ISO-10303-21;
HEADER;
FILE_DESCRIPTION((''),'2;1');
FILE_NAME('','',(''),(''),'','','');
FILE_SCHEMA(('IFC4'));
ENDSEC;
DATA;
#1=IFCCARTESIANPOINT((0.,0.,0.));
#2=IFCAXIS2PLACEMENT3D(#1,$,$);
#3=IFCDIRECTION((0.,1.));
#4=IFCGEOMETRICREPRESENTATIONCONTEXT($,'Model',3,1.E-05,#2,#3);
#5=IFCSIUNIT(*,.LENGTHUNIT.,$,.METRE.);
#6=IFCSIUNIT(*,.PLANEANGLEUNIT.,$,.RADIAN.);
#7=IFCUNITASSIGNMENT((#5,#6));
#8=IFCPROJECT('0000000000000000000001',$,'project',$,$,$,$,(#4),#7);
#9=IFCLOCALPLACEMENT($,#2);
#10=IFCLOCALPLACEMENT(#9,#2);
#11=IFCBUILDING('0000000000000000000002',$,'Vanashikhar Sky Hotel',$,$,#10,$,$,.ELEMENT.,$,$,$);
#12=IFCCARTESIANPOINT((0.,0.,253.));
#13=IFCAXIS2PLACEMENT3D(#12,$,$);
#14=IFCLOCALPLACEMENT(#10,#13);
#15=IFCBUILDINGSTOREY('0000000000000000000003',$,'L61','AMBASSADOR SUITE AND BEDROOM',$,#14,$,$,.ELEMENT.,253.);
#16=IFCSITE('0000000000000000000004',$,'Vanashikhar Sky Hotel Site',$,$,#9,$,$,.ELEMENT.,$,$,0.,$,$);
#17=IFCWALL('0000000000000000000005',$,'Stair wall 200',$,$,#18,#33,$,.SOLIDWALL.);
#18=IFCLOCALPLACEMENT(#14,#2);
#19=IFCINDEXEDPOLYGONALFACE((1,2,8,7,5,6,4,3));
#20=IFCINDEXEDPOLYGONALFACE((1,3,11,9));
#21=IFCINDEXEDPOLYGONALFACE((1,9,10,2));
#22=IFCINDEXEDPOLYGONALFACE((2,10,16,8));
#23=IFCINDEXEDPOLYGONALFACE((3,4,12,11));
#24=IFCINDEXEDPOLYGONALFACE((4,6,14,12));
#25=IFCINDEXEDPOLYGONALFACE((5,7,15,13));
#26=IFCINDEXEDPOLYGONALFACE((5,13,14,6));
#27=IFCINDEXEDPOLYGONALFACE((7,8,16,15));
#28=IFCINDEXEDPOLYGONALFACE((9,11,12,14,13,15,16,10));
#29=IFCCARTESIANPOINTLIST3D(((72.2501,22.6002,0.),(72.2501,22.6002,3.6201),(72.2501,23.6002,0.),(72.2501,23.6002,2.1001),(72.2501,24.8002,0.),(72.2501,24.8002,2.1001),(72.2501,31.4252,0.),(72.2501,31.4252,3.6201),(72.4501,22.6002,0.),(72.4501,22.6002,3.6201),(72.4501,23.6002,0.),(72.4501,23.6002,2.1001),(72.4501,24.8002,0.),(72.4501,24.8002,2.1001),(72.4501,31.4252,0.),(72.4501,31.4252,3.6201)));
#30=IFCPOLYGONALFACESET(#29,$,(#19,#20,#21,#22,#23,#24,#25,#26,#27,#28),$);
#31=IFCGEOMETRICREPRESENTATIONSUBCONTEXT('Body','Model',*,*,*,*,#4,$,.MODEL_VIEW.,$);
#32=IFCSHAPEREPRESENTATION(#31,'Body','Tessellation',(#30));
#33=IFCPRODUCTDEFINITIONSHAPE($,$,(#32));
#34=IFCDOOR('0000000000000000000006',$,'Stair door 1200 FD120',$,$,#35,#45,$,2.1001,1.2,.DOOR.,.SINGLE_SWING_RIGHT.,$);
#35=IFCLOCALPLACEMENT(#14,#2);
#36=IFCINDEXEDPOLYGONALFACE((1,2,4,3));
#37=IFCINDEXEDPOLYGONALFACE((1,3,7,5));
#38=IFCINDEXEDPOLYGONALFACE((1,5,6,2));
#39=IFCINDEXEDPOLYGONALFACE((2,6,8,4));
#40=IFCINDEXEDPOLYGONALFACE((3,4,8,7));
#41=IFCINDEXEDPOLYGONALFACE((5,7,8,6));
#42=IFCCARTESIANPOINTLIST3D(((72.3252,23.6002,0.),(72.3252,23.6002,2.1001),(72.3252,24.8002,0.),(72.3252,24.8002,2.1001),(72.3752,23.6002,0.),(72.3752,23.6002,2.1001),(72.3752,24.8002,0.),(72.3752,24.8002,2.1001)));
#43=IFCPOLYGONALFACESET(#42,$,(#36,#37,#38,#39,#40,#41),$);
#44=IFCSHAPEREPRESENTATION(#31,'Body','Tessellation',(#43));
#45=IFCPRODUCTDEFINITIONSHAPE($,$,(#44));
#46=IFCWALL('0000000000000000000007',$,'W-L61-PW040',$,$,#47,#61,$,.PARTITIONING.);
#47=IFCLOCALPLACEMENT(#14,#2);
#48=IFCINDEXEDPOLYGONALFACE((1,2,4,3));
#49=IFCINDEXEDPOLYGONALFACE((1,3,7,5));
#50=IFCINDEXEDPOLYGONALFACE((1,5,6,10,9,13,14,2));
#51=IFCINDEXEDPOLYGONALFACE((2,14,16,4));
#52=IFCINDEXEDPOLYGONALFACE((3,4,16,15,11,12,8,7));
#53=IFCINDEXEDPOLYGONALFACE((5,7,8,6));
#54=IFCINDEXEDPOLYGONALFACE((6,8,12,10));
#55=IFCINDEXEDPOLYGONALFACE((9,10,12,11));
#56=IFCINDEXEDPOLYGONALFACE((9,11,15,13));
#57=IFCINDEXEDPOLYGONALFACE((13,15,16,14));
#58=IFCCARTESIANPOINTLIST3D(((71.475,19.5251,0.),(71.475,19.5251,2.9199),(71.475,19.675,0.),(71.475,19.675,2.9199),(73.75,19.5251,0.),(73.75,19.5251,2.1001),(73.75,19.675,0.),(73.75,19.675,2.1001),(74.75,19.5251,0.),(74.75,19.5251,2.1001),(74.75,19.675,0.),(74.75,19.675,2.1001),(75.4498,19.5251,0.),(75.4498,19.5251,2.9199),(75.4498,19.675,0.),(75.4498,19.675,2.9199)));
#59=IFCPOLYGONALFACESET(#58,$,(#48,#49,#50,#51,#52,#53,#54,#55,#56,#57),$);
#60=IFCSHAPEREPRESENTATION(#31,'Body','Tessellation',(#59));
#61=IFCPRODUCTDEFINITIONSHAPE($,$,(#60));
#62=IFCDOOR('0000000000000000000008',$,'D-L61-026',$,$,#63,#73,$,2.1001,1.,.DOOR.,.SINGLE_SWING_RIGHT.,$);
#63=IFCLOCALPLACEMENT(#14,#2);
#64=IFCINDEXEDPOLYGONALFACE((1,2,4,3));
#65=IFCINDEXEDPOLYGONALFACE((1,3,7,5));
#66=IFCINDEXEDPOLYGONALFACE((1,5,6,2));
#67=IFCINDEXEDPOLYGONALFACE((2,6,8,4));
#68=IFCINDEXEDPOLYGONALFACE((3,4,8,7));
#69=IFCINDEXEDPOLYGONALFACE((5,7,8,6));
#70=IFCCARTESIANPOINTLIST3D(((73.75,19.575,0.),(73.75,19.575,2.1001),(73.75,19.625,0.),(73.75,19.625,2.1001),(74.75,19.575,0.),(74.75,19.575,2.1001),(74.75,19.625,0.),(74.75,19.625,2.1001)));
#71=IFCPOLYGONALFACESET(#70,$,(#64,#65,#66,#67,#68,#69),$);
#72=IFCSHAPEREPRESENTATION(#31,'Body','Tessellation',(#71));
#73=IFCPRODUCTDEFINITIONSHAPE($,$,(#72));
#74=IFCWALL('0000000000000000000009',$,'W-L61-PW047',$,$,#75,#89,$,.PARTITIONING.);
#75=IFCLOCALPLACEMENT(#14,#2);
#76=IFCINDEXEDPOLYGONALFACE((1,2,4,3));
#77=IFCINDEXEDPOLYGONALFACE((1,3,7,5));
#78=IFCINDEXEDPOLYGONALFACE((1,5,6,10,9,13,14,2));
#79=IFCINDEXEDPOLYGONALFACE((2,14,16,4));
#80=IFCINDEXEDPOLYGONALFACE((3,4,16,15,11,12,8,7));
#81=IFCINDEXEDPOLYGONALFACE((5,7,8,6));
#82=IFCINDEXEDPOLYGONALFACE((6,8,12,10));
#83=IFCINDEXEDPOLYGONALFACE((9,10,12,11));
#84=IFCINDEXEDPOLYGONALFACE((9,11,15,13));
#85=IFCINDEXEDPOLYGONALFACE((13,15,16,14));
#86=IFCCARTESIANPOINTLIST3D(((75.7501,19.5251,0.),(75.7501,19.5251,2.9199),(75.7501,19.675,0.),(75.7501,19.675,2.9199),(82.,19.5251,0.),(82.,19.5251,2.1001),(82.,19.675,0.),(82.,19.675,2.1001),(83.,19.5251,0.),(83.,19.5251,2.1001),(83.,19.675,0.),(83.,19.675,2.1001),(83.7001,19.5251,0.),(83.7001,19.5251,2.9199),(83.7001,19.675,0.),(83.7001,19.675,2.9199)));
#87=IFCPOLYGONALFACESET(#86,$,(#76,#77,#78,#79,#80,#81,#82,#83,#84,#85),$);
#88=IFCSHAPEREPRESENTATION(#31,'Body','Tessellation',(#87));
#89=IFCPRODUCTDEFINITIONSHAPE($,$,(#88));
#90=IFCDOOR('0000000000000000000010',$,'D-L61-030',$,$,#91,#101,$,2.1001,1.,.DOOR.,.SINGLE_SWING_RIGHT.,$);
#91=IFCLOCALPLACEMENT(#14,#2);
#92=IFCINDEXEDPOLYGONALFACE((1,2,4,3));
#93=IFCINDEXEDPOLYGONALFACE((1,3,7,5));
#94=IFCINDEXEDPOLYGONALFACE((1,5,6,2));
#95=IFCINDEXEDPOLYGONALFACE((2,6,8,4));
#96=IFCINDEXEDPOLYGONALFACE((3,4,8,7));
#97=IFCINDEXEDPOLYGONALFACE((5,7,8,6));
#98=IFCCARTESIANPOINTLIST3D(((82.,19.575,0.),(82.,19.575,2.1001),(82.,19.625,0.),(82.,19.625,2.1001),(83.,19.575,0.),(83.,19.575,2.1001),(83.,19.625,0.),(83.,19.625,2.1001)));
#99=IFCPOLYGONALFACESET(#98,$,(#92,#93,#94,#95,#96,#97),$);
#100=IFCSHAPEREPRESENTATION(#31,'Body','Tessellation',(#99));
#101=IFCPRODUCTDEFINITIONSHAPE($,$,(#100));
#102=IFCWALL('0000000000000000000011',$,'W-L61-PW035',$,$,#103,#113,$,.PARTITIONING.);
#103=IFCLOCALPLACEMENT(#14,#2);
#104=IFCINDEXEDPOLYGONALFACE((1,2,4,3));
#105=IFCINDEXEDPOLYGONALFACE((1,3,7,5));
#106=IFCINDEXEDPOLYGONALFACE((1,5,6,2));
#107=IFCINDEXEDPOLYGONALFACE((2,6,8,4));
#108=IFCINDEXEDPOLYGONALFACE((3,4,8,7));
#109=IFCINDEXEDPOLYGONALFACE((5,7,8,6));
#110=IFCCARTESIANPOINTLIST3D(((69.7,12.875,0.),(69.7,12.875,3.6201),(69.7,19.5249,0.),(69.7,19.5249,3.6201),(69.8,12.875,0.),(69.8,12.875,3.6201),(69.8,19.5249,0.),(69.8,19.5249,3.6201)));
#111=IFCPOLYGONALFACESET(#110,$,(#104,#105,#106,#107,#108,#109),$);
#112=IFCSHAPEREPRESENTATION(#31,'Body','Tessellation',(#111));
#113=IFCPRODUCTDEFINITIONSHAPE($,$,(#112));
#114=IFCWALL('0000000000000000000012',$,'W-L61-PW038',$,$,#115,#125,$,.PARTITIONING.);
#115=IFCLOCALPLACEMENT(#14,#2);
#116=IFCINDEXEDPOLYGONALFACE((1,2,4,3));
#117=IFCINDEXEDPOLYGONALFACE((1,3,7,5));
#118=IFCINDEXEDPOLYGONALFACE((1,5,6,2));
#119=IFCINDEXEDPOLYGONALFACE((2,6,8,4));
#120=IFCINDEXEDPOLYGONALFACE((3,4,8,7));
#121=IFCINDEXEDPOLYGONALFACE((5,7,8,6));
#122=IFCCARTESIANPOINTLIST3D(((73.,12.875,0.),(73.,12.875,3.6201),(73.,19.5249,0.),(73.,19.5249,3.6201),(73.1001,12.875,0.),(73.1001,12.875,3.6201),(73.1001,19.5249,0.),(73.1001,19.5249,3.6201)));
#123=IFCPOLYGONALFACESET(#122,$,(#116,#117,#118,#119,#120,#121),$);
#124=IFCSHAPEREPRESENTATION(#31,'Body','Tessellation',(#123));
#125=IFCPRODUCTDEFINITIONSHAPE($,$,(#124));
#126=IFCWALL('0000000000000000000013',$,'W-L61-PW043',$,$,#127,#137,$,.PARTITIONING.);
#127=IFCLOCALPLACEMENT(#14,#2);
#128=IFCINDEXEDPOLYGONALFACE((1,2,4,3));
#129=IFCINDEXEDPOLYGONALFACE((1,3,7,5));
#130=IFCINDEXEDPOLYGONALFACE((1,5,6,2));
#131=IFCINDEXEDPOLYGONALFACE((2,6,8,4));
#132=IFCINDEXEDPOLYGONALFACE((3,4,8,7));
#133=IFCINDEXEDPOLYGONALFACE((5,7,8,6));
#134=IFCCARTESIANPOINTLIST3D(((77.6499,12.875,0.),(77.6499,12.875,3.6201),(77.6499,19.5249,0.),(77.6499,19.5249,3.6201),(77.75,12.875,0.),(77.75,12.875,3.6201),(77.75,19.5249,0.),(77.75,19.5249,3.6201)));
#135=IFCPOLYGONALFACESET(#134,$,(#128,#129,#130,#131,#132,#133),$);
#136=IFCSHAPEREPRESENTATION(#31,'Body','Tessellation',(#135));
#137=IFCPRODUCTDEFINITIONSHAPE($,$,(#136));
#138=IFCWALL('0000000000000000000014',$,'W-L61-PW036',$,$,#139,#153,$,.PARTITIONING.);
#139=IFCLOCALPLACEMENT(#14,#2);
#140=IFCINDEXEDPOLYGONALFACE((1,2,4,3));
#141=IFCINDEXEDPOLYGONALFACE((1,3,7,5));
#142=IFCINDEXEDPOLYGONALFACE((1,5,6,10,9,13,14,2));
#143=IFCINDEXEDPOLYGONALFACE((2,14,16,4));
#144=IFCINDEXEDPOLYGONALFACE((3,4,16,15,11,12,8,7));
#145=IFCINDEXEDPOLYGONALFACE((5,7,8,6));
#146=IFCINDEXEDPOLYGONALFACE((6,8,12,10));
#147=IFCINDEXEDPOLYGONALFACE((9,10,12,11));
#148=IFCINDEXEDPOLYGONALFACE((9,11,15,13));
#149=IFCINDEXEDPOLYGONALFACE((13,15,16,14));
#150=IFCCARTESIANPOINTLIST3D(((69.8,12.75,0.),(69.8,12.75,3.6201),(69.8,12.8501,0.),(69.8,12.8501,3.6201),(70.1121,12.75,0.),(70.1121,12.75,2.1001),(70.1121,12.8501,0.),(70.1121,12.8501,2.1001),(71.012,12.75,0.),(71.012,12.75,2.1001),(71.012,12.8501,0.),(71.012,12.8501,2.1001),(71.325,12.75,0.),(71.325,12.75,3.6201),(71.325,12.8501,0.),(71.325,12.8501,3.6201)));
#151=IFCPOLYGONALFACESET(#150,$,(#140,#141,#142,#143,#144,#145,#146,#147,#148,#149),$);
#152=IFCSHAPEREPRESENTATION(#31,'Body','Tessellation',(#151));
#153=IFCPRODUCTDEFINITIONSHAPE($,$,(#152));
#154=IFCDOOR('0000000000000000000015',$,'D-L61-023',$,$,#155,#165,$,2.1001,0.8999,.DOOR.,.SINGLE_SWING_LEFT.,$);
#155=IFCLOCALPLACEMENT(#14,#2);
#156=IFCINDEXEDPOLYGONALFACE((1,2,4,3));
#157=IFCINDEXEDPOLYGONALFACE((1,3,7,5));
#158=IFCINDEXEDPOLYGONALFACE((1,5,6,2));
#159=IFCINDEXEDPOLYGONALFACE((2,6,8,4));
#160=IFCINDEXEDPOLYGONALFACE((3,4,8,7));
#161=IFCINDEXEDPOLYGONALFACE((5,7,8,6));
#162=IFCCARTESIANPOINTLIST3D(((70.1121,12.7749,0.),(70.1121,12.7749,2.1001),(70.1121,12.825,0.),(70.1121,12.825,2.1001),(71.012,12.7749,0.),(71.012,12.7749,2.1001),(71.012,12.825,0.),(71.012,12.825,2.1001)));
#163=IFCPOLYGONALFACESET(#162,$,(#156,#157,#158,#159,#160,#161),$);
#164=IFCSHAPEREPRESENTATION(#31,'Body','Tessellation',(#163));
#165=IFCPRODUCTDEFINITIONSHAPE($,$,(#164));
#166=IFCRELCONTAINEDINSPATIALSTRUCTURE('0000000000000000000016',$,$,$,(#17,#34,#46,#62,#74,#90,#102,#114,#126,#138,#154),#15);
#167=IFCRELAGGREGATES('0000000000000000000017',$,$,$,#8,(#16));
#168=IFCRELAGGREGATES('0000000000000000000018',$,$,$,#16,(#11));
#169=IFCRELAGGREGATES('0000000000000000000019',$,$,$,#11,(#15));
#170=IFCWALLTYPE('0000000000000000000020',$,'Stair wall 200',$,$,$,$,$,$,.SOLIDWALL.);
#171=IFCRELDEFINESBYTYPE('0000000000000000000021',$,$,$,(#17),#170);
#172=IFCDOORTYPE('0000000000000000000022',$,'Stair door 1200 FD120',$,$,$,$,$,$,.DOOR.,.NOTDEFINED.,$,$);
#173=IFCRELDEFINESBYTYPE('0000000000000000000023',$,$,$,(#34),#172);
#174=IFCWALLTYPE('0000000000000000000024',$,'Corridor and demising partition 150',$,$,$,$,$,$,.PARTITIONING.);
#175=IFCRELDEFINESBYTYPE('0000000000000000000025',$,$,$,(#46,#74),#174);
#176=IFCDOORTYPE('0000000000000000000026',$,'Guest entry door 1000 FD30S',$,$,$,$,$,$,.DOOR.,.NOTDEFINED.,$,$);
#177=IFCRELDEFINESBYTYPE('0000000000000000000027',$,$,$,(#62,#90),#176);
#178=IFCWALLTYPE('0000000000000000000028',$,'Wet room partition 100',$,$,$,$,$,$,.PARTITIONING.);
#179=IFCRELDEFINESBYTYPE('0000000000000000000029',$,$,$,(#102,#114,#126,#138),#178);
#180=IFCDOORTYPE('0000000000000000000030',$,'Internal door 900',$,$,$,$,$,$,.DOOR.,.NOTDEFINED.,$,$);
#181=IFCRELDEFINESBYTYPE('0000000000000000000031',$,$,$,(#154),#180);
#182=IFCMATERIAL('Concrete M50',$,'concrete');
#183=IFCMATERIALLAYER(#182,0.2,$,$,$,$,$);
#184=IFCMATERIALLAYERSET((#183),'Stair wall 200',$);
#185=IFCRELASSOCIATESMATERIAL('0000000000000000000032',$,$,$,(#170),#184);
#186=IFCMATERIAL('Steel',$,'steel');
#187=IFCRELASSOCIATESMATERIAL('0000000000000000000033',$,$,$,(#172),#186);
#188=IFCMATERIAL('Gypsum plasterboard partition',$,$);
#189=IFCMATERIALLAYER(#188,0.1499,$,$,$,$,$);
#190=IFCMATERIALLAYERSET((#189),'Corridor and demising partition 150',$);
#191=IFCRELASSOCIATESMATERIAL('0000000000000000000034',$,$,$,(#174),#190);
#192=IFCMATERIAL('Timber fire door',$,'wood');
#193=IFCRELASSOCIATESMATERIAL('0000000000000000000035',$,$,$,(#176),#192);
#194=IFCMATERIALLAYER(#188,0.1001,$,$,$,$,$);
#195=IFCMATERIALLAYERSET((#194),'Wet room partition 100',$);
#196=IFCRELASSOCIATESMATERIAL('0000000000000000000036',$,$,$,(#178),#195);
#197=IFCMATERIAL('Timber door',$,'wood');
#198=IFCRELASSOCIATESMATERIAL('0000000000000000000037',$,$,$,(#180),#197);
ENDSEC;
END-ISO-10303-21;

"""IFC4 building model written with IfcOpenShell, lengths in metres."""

from ifc_helpers import new_model, si_unit, direction, frame, frame_2d, origin, place, context, subcontext, project, spatial, rectangle, extrude, source, transform, mapped, material, layer, layer_set, type_object, element, fill, save


model = new_model("IFC4")

# Units and contexts
model_context = context("Model", 3, precision=1e-05, world=origin(), true_north=direction((0.0, 1.0)))
body_context = subcontext(model_context, "Body", "Model", "MODEL_VIEW")
ifc_project = project(units=[si_unit("LENGTHUNIT", "METRE"), si_unit("PLANEANGLEUNIT", "RADIAN")], contexts=[model_context])

# Site, building, storey
site_placement = place(None, origin())
site = spatial("IfcSite", under=ifc_project, at=site_placement, Name="Vanashikhar Sky Hotel Site", CompositionType="ELEMENT", RefElevation=0.0)
building_placement = place(site_placement, origin())
building = spatial("IfcBuilding", under=site, at=building_placement, Name="Vanashikhar Sky Hotel", CompositionType="ELEMENT")
storey_placement = place(building_placement, frame((0.0, 0.0, 253.0)))
storey = spatial("IfcBuildingStorey", under=building, at=storey_placement, Name="L61", Description="AMBASSADOR SUITE AND BEDROOM", CompositionType="ELEMENT", Elevation=253.0)

# Walls, openings, doors
ifc_material_1 = material(Name="Concrete M50", Category="concrete")
ifc_layer_1 = layer(ifc_material_1, 0.2)
ifc_layer_set_1 = layer_set([ifc_layer_1], Name="Stair wall 200")
wall_type_1 = type_object("IfcWallType", Name="Stair wall 200", PredefinedType="SOLIDWALL", material=ifc_layer_set_1)
shared_shape_1 = source(origin(), body_context, "Body", "SweptSolid", [
    extrude(rectangle(XDim=8.825, YDim=0.2, at=frame_2d((4.4126, 0.0))), origin(), (0.0, 0.0, 1.0), 3.6201),
])
wall_1_placement = place(storey_placement, frame((72.3501, 22.6001, 0.0), z_axis=(0.0, 0.0, 1.0), x_axis=(0.0, 1.0, 0.0)))
wall_1 = element("IfcWall", 1, at=wall_1_placement, inside=storey, type_object=wall_type_1, Name="Stair wall 200", PredefinedType="SOLIDWALL", context=body_context, shape_type="MappedRepresentation", body=[
    mapped(shared_shape_1, transform((0.0, 0.0, 0.0), scale=1.0)),
])
shared_shape_2 = source(origin(), body_context, "Body", "SweptSolid", [
    extrude(rectangle(XDim=1.2, YDim=2.1001, at=frame_2d((0.6001, 1.05))), frame((0.0, 0.1099, 0.0), z_axis=(0.0, -1.0, 0.0), x_axis=(1.0, 0.0, 0.0)), (0.0, 0.0, 1.0), 0.22),
])
opening_1_placement = place(wall_1_placement, frame((1.0, 0.0, 0.0)))
opening_1 = element("IfcOpeningElement", 2, at=opening_1_placement, cuts=wall_1, PredefinedType="OPENING", context=body_context, shape_type="MappedRepresentation", body=[
    mapped(shared_shape_2, transform((0.0, 0.0, 0.0), scale=1.0)),
])
ifc_material_2 = material(Name="Steel", Category="steel")
door_type_1 = type_object("IfcDoorType", Name="Stair door 1200 FD120", OperationType="NOTDEFINED", PredefinedType="DOOR", material=ifc_material_2)
shared_shape_3 = source(origin(), body_context, "Body", "SweptSolid", [
    extrude(rectangle(XDim=1.2, YDim=2.1001, at=frame_2d((0.6001, 1.05))), frame((0.0, 0.0249, 0.0), z_axis=(0.0, -1.0, 0.0), x_axis=(1.0, 0.0, 0.0)), (0.0, 0.0, 1.0), 0.05),
])
door_1_placement = place(opening_1_placement, origin())
door_1 = element("IfcDoor", 3, at=door_1_placement, inside=storey, type_object=door_type_1, Name="Stair door 1200 FD120", OperationType="SINGLE_SWING_RIGHT", OverallHeight=2.1001, OverallWidth=1.2, PredefinedType="DOOR", context=body_context, shape_type="MappedRepresentation", body=[
    mapped(shared_shape_3, transform((0.0, 0.0, 0.0), scale=1.0)),
])
fill(opening_1, door_1)
ifc_material_3 = material(Name="Gypsum plasterboard partition")
ifc_layer_2 = layer(ifc_material_3, 0.1499)
ifc_layer_set_2 = layer_set([ifc_layer_2], Name="Corridor and demising partition 150")
wall_type_2 = type_object("IfcWallType", Name="Corridor and demising partition 150", PredefinedType="PARTITIONING", material=ifc_layer_set_2)
shared_shape_4 = source(origin(), body_context, "Body", "SweptSolid", [
    extrude(rectangle(XDim=3.9749, YDim=0.1499, at=frame_2d((1.9873, 0.0))), origin(), (0.0, 0.0, 1.0), 2.9199),
])
wall_2_placement = place(storey_placement, frame((71.4751, 19.6001, 0.0), z_axis=(0.0, 0.0, 1.0), x_axis=(1.0, 0.0, 0.0)))
wall_2 = element("IfcWall", 4, at=wall_2_placement, inside=storey, type_object=wall_type_2, Name="W-L61-PW040", PredefinedType="PARTITIONING", context=body_context, shape_type="MappedRepresentation", body=[
    mapped(shared_shape_4, transform((0.0, 0.0, 0.0), scale=1.0)),
])
shared_shape_5 = source(origin(), body_context, "Body", "SweptSolid", [
    extrude(rectangle(XDim=1.0, YDim=2.1001, at=frame_2d((0.5, 1.05))), frame((0.0, 0.085, 0.0), z_axis=(0.0, -1.0, 0.0), x_axis=(1.0, 0.0, 0.0)), (0.0, 0.0, 1.0), 0.1699),
])
opening_2_placement = place(wall_2_placement, frame((2.2749, 0.0, 0.0)))
opening_2 = element("IfcOpeningElement", 5, at=opening_2_placement, cuts=wall_2, PredefinedType="OPENING", context=body_context, shape_type="MappedRepresentation", body=[
    mapped(shared_shape_5, transform((0.0, 0.0, 0.0), scale=1.0)),
])
ifc_material_4 = material(Name="Timber fire door", Category="wood")
door_type_2 = type_object("IfcDoorType", Name="Guest entry door 1000 FD30S", OperationType="NOTDEFINED", PredefinedType="DOOR", material=ifc_material_4)
shared_shape_6 = source(origin(), body_context, "Body", "SweptSolid", [
    extrude(rectangle(XDim=1.0, YDim=2.1001, at=frame_2d((0.5, 1.05))), frame((0.0, 0.0249, 0.0), z_axis=(0.0, -1.0, 0.0), x_axis=(1.0, 0.0, 0.0)), (0.0, 0.0, 1.0), 0.05),
])
door_2_placement = place(opening_2_placement, origin())
door_2 = element("IfcDoor", 6, at=door_2_placement, inside=storey, type_object=door_type_2, Name="D-L61-026", OperationType="SINGLE_SWING_RIGHT", OverallHeight=2.1001, OverallWidth=1.0, PredefinedType="DOOR", context=body_context, shape_type="MappedRepresentation", body=[
    mapped(shared_shape_6, transform((0.0, 0.0, 0.0), scale=1.0)),
])
fill(opening_2, door_2)
shared_shape_7 = source(origin(), body_context, "Body", "SweptSolid", [
    extrude(rectangle(XDim=7.95, YDim=0.1499, at=frame_2d((3.9751, 0.0))), origin(), (0.0, 0.0, 1.0), 2.9199),
])
wall_3_placement = place(storey_placement, frame((75.75, 19.6001, 0.0), z_axis=(0.0, 0.0, 1.0), x_axis=(1.0, 0.0, 0.0)))
wall_3 = element("IfcWall", 7, at=wall_3_placement, inside=storey, type_object=wall_type_2, Name="W-L61-PW047", PredefinedType="PARTITIONING", context=body_context, shape_type="MappedRepresentation", body=[
    mapped(shared_shape_7, transform((0.0, 0.0, 0.0), scale=1.0)),
])
opening_3_placement = place(wall_3_placement, frame((6.25, 0.0, 0.0)))
opening_3 = element("IfcOpeningElement", 8, at=opening_3_placement, cuts=wall_3, PredefinedType="OPENING", context=body_context, shape_type="MappedRepresentation", body=[
    mapped(shared_shape_5, transform((0.0, 0.0, 0.0), scale=1.0)),
])
door_3_placement = place(opening_3_placement, origin())
door_3 = element("IfcDoor", 9, at=door_3_placement, inside=storey, type_object=door_type_2, Name="D-L61-030", OperationType="SINGLE_SWING_RIGHT", OverallHeight=2.1001, OverallWidth=1.0, PredefinedType="DOOR", context=body_context, shape_type="MappedRepresentation", body=[
    mapped(shared_shape_6, transform((0.0, 0.0, 0.0), scale=1.0)),
])
fill(opening_3, door_3)

# Walls
ifc_layer_3 = layer(ifc_material_3, 0.1001)
ifc_layer_set_3 = layer_set([ifc_layer_3], Name="Wet room partition 100")
wall_type_3 = type_object("IfcWallType", Name="Wet room partition 100", PredefinedType="PARTITIONING", material=ifc_layer_set_3)
shared_shape_8 = source(origin(), body_context, "Body", "SweptSolid", [
    extrude(rectangle(XDim=6.6499, YDim=0.1001, at=frame_2d((3.325, 0.0))), origin(), (0.0, 0.0, 1.0), 3.6201),
])
for number, where, z_axis, x_axis, name in (
    (10, (69.75, 12.875, 0.0), (0.0, 0.0, 1.0), (0.0, 1.0, 0.0), "W-L61-PW035"),
    (11, (73.05, 12.875, 0.0), (0.0, 0.0, 1.0), (0.0, 1.0, 0.0), "W-L61-PW038"),
    (12, (77.7, 12.875, 0.0), (0.0, 0.0, 1.0), (0.0, 1.0, 0.0), "W-L61-PW043"),
):
    element("IfcWall", number, at=place(storey_placement, frame(where, z_axis=z_axis, x_axis=x_axis)), inside=storey, type_object=wall_type_3, Name=name, PredefinedType="PARTITIONING", context=body_context, shape_type="MappedRepresentation", body=[
        mapped(shared_shape_8, transform((0.0, 0.0, 0.0), scale=1.0)),
    ])

# Wall, opening, door
shared_shape_9 = source(origin(), body_context, "Body", "SweptSolid", [
    extrude(rectangle(XDim=1.5249, YDim=0.1001, at=frame_2d((0.7625, 0.0))), origin(), (0.0, 0.0, 1.0), 3.6201),
])
wall_4_placement = place(storey_placement, frame((69.8, 12.8, 0.0), z_axis=(0.0, 0.0, 1.0), x_axis=(1.0, 0.0, 0.0)))
wall_4 = element("IfcWall", 13, at=wall_4_placement, inside=storey, type_object=wall_type_3, Name="W-L61-PW036", PredefinedType="PARTITIONING", context=body_context, shape_type="MappedRepresentation", body=[
    mapped(shared_shape_9, transform((0.0, 0.0, 0.0), scale=1.0)),
])
shared_shape_10 = source(origin(), body_context, "Body", "SweptSolid", [
    extrude(rectangle(XDim=0.8999, YDim=2.1001, at=frame_2d((0.45, 1.05))), frame((0.0, 0.0601, 0.0), z_axis=(0.0, -1.0, 0.0), x_axis=(1.0, 0.0, 0.0)), (0.0, 0.0, 1.0), 0.1201),
])
opening_4_placement = place(wall_4_placement, frame((0.312, 0.0, 0.0)))
opening_4 = element("IfcOpeningElement", 14, at=opening_4_placement, cuts=wall_4, PredefinedType="OPENING", context=body_context, shape_type="MappedRepresentation", body=[
    mapped(shared_shape_10, transform((0.0, 0.0, 0.0), scale=1.0)),
])
ifc_material_5 = material(Name="Timber door", Category="wood")
door_type_3 = type_object("IfcDoorType", Name="Internal door 900", OperationType="NOTDEFINED", PredefinedType="DOOR", material=ifc_material_5)
shared_shape_11 = source(origin(), body_context, "Body", "SweptSolid", [
    extrude(rectangle(XDim=0.8999, YDim=2.1001, at=frame_2d((0.45, 1.05))), frame((0.0, 0.0249, 0.0), z_axis=(0.0, -1.0, 0.0), x_axis=(1.0, 0.0, 0.0)), (0.0, 0.0, 1.0), 0.05),
])
door_4_placement = place(opening_4_placement, origin())
door_4 = element("IfcDoor", 15, at=door_4_placement, inside=storey, type_object=door_type_3, Name="D-L61-023", OperationType="SINGLE_SWING_LEFT", OverallHeight=2.1001, OverallWidth=0.8999, PredefinedType="DOOR", context=body_context, shape_type="MappedRepresentation", body=[
    mapped(shared_shape_11, transform((0.0, 0.0, 0.0), scale=1.0)),
])
fill(opening_4, door_4)

save(model, "model.ifc")
